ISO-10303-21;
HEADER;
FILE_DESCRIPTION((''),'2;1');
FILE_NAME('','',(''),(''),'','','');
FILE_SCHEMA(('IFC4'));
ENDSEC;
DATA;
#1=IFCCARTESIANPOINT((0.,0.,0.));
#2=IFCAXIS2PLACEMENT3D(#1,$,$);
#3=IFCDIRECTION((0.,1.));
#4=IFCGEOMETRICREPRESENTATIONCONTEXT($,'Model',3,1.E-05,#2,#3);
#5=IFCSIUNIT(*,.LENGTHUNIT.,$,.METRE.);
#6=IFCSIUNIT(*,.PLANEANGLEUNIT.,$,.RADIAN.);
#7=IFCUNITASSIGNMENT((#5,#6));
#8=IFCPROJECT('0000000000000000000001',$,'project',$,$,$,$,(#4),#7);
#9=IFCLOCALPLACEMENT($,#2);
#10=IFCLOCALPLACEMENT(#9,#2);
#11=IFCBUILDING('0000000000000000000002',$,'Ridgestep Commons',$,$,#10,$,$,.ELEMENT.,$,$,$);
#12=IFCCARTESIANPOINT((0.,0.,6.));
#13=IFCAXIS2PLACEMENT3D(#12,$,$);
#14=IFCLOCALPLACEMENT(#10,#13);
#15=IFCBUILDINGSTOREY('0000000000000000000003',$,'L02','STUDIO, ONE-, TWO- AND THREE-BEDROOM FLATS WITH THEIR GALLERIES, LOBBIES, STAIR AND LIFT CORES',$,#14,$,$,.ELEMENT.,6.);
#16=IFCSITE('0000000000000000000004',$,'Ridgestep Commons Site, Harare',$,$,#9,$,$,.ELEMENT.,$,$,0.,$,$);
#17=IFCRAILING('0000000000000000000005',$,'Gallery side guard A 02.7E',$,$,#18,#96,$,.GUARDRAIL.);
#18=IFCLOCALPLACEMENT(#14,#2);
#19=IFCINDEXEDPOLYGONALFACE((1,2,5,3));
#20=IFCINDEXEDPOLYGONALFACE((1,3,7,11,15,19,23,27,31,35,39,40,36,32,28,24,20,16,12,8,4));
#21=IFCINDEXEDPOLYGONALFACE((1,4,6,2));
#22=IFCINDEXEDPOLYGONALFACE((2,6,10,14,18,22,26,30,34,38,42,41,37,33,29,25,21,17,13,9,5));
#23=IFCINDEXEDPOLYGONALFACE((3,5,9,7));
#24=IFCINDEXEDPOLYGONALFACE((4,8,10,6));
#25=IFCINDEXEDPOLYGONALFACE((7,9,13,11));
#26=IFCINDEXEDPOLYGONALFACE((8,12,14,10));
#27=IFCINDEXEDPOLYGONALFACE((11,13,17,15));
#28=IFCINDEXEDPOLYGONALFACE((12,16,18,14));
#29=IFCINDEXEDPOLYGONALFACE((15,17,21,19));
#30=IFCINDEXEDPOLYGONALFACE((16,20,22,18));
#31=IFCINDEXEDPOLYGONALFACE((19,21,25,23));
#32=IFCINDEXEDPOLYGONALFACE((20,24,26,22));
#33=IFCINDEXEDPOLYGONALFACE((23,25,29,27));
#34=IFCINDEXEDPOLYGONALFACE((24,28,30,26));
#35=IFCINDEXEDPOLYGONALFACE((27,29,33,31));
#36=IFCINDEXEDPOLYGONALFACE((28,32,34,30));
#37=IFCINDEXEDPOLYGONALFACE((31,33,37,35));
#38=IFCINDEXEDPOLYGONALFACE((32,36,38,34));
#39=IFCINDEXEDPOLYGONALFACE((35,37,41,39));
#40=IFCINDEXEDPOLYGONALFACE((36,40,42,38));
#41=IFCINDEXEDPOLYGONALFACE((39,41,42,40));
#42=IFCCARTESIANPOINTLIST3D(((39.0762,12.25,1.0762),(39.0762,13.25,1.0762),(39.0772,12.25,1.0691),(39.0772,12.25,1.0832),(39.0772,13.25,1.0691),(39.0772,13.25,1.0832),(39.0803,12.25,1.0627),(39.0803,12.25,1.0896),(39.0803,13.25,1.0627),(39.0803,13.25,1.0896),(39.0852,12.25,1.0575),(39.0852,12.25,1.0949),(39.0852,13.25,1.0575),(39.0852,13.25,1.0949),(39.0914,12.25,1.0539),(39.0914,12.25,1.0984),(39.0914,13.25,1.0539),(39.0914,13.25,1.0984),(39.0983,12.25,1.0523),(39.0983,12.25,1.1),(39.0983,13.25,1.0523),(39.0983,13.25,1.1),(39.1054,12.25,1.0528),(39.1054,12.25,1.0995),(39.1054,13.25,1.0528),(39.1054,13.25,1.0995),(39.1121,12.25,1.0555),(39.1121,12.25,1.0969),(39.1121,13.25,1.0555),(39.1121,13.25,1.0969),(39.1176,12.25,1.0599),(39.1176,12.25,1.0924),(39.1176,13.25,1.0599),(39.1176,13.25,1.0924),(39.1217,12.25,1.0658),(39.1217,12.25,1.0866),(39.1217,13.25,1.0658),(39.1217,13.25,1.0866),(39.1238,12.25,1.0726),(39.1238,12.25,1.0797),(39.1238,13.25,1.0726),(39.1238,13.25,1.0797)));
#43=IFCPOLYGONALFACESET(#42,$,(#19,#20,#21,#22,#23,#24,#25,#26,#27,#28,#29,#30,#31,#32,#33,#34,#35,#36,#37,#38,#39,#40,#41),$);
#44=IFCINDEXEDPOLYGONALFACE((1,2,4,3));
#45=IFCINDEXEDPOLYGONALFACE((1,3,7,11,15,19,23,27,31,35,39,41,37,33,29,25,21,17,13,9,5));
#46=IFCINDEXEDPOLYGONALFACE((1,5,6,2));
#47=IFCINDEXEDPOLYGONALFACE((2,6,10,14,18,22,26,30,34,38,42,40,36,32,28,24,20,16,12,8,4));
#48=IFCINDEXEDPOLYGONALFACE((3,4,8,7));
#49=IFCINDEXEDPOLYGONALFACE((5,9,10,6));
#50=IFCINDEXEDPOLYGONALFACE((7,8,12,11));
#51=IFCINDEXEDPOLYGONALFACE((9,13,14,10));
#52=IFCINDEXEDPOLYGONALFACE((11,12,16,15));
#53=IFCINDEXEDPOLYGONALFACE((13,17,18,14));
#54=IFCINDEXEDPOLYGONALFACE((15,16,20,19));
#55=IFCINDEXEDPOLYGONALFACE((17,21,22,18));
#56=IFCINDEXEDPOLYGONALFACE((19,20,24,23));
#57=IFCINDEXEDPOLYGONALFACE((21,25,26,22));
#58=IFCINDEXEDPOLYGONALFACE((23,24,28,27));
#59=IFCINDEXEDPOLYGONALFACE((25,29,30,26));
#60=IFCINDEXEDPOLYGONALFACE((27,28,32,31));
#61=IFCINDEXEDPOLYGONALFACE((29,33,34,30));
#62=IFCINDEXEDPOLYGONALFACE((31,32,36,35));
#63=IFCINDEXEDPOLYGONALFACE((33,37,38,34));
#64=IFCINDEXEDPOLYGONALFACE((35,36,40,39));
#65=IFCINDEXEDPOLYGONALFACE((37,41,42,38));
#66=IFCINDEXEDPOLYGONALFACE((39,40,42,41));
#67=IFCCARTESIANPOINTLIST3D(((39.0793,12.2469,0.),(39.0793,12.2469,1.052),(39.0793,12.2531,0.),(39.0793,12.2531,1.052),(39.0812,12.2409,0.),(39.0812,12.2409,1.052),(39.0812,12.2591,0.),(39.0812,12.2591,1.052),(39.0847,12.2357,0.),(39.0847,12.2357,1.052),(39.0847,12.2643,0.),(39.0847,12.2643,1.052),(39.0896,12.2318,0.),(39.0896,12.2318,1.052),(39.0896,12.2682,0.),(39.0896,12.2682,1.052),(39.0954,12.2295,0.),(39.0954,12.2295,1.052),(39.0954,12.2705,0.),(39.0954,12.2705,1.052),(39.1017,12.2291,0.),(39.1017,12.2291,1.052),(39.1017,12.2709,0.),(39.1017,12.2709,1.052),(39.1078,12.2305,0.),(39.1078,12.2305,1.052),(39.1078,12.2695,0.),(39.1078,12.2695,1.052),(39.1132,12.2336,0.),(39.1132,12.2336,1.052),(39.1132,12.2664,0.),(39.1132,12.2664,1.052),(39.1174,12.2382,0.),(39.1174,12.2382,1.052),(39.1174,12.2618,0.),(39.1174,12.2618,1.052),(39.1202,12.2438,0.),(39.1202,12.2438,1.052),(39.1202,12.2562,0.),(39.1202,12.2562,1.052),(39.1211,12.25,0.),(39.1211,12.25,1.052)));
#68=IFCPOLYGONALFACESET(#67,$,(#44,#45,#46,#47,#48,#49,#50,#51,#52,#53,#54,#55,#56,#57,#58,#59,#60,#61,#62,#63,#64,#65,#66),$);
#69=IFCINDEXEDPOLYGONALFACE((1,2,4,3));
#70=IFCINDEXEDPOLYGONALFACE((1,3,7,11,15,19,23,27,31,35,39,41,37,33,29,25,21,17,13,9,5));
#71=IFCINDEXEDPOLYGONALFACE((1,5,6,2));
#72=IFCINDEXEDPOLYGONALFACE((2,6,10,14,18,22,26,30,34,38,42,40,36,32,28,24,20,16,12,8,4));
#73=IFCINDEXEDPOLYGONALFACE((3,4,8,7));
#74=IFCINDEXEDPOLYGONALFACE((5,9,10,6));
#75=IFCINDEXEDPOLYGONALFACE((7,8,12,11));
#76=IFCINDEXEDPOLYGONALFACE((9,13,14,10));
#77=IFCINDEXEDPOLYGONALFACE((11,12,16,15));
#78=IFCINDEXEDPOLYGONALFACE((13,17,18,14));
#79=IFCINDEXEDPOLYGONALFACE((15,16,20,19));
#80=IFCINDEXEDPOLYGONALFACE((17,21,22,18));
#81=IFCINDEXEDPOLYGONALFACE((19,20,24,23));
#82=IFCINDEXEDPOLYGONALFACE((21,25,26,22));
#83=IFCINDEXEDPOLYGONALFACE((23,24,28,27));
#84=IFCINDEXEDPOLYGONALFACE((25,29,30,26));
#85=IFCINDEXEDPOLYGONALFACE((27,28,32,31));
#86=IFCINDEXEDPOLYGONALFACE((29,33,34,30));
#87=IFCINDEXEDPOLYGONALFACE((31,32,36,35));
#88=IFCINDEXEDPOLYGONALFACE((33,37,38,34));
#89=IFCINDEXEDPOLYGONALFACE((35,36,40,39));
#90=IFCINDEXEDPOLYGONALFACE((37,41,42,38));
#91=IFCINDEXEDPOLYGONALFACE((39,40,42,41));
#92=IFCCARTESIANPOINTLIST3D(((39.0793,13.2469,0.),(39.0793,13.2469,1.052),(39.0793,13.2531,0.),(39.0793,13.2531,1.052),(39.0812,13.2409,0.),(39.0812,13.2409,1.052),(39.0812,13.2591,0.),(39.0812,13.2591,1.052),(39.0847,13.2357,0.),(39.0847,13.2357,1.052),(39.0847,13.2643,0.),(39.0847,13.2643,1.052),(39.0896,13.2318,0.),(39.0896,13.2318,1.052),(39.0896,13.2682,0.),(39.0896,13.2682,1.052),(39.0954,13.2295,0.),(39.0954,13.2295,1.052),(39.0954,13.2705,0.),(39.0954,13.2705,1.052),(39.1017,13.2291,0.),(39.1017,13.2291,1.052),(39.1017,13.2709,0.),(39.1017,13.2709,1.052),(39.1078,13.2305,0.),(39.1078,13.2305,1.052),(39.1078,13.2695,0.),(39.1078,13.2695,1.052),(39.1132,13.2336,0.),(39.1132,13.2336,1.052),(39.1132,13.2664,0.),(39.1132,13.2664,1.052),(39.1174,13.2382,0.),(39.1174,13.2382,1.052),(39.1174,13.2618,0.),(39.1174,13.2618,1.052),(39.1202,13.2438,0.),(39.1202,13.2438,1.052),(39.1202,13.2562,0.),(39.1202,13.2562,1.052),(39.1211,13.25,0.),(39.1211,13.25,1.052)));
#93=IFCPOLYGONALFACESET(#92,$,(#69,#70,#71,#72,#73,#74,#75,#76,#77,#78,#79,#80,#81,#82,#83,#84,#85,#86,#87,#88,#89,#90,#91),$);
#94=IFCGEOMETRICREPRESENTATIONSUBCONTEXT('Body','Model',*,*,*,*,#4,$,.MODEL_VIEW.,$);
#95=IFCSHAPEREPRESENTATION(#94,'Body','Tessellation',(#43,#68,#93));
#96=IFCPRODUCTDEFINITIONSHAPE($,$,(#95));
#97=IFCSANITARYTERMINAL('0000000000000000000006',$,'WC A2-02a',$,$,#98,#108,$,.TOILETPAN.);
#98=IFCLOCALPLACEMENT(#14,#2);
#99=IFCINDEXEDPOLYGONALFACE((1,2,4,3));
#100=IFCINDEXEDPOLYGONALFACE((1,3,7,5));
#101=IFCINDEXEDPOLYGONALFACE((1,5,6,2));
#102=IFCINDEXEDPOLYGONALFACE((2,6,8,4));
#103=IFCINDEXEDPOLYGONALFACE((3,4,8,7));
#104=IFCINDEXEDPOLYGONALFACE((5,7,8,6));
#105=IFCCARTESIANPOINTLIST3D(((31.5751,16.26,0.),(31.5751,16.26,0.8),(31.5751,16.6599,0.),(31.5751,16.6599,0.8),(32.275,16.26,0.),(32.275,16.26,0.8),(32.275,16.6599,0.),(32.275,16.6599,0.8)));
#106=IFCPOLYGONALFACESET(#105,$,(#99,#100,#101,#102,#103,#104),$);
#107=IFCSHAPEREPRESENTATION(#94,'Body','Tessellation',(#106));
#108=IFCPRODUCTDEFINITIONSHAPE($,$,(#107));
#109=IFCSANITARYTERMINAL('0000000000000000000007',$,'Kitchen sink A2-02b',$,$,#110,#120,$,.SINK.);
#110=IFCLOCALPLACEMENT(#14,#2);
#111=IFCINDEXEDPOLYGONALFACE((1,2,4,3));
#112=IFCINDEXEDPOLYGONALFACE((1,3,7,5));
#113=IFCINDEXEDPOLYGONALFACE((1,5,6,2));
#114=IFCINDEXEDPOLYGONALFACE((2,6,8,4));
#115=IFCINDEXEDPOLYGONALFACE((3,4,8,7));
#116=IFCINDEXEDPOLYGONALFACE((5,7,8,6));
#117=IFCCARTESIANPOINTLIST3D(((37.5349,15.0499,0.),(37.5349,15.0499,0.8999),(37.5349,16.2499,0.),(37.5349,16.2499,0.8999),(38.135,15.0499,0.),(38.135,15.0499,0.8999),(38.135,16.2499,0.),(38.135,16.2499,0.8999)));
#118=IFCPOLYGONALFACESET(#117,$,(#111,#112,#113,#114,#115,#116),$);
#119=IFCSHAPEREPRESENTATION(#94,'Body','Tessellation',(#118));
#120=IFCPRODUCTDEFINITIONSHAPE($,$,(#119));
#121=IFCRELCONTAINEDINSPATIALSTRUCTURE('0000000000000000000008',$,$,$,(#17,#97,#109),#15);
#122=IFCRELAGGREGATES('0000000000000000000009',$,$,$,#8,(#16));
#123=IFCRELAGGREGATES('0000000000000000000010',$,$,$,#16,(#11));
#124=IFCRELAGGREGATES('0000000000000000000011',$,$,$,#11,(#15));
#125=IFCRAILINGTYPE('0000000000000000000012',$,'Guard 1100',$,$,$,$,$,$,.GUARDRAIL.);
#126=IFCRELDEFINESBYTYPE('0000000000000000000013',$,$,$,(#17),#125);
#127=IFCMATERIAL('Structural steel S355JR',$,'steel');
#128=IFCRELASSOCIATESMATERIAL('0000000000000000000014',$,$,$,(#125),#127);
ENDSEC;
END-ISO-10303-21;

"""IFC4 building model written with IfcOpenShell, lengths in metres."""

from ifc_helpers import new_model, si_unit, direction, frame, origin, origin_2d, place, context, subcontext, project, spatial, rectangle, circle, extrude, material, type_object, element, save


model = new_model("IFC4")

# Units and contexts
model_context = context("Model", 3, precision=1e-05, world=origin(), true_north=direction((0.0, 1.0)))
body_context = subcontext(model_context, "Body", "Model", "MODEL_VIEW")
ifc_project = project(units=[si_unit("LENGTHUNIT", "METRE"), si_unit("PLANEANGLEUNIT", "RADIAN")], contexts=[model_context])

# Site, building, storey
site_placement = place(None, origin())
site = spatial("IfcSite", under=ifc_project, at=site_placement, Name="Ridgestep Commons Site, Harare", CompositionType="ELEMENT", RefElevation=0.0)
building_placement = place(site_placement, origin())
building = spatial("IfcBuilding", under=site, at=building_placement, Name="Ridgestep Commons", CompositionType="ELEMENT")
storey_placement = place(building_placement, frame((0.0, 0.0, 6.0)))
storey = spatial("IfcBuildingStorey", under=building, at=storey_placement, Name="L02", Description="STUDIO, ONE-, TWO- AND THREE-BEDROOM FLATS WITH THEIR GALLERIES, LOBBIES, STAIR AND LIFT CORES", CompositionType="ELEMENT", Elevation=6.0)

# Railing
ifc_material_1 = material(Name="Structural steel S355JR", Category="steel")
railing_type = type_object("IfcRailingType", Name="Guard 1100", PredefinedType="GUARDRAIL", material=ifc_material_1)
for number, where, name in (
    (1, (39.1001, 12.25, 0.0), "Gallery side guard A 02.7E"),
):
    element("IfcRailing", number, at=place(storey_placement, frame(where)), inside=storey, type_object=railing_type, Name=name, PredefinedType="GUARDRAIL", context=body_context, shape_type="SweptSolid", body=[
        extrude(circle(Radius=0.0239, at=origin_2d()), frame((0.0, 0.0, 1.0762), z_axis=(0.0, 1.0, 0.0), x_axis=(-1.0, 0.0, 0.0)), (0.0, 0.0, 1.0), 1.0),
        extrude(circle(Radius=0.021, at=origin_2d()), origin(), (0.0, 0.0, 1.0), 1.052),
        extrude(circle(Radius=0.021, at=origin_2d()), frame((0.0, 1.0, 0.0)), (0.0, 0.0, 1.0), 1.052),
    ])

# Sanitary terminals
sanitary_terminal_1_placement = place(storey_placement, frame((31.925, 16.46, 0.0), z_axis=(0.0, 0.0, 1.0), x_axis=(1.0, 0.0, 0.0)))
element("IfcSanitaryTerminal", 2, at=sanitary_terminal_1_placement, inside=storey, Name="WC A2-02a", PredefinedType="TOILETPAN", context=body_context, shape_type="SweptSolid", body=[
    extrude(rectangle(XDim=0.7, YDim=0.3999, at=origin_2d()), origin(), (0.0, 0.0, 1.0), 0.8),
])
sanitary_terminal_2_placement = place(storey_placement, frame((37.835, 15.6499, 0.0), z_axis=(0.0, 0.0, 1.0), x_axis=(1.0, 0.0, 0.0)))
element("IfcSanitaryTerminal", 3, at=sanitary_terminal_2_placement, inside=storey, Name="Kitchen sink A2-02b", PredefinedType="SINK", context=body_context, shape_type="SweptSolid", body=[
    extrude(rectangle(XDim=0.6001, YDim=1.2, at=origin_2d()), origin(), (0.0, 0.0, 1.0), 0.8999),
])

save(model, "model.ifc")
